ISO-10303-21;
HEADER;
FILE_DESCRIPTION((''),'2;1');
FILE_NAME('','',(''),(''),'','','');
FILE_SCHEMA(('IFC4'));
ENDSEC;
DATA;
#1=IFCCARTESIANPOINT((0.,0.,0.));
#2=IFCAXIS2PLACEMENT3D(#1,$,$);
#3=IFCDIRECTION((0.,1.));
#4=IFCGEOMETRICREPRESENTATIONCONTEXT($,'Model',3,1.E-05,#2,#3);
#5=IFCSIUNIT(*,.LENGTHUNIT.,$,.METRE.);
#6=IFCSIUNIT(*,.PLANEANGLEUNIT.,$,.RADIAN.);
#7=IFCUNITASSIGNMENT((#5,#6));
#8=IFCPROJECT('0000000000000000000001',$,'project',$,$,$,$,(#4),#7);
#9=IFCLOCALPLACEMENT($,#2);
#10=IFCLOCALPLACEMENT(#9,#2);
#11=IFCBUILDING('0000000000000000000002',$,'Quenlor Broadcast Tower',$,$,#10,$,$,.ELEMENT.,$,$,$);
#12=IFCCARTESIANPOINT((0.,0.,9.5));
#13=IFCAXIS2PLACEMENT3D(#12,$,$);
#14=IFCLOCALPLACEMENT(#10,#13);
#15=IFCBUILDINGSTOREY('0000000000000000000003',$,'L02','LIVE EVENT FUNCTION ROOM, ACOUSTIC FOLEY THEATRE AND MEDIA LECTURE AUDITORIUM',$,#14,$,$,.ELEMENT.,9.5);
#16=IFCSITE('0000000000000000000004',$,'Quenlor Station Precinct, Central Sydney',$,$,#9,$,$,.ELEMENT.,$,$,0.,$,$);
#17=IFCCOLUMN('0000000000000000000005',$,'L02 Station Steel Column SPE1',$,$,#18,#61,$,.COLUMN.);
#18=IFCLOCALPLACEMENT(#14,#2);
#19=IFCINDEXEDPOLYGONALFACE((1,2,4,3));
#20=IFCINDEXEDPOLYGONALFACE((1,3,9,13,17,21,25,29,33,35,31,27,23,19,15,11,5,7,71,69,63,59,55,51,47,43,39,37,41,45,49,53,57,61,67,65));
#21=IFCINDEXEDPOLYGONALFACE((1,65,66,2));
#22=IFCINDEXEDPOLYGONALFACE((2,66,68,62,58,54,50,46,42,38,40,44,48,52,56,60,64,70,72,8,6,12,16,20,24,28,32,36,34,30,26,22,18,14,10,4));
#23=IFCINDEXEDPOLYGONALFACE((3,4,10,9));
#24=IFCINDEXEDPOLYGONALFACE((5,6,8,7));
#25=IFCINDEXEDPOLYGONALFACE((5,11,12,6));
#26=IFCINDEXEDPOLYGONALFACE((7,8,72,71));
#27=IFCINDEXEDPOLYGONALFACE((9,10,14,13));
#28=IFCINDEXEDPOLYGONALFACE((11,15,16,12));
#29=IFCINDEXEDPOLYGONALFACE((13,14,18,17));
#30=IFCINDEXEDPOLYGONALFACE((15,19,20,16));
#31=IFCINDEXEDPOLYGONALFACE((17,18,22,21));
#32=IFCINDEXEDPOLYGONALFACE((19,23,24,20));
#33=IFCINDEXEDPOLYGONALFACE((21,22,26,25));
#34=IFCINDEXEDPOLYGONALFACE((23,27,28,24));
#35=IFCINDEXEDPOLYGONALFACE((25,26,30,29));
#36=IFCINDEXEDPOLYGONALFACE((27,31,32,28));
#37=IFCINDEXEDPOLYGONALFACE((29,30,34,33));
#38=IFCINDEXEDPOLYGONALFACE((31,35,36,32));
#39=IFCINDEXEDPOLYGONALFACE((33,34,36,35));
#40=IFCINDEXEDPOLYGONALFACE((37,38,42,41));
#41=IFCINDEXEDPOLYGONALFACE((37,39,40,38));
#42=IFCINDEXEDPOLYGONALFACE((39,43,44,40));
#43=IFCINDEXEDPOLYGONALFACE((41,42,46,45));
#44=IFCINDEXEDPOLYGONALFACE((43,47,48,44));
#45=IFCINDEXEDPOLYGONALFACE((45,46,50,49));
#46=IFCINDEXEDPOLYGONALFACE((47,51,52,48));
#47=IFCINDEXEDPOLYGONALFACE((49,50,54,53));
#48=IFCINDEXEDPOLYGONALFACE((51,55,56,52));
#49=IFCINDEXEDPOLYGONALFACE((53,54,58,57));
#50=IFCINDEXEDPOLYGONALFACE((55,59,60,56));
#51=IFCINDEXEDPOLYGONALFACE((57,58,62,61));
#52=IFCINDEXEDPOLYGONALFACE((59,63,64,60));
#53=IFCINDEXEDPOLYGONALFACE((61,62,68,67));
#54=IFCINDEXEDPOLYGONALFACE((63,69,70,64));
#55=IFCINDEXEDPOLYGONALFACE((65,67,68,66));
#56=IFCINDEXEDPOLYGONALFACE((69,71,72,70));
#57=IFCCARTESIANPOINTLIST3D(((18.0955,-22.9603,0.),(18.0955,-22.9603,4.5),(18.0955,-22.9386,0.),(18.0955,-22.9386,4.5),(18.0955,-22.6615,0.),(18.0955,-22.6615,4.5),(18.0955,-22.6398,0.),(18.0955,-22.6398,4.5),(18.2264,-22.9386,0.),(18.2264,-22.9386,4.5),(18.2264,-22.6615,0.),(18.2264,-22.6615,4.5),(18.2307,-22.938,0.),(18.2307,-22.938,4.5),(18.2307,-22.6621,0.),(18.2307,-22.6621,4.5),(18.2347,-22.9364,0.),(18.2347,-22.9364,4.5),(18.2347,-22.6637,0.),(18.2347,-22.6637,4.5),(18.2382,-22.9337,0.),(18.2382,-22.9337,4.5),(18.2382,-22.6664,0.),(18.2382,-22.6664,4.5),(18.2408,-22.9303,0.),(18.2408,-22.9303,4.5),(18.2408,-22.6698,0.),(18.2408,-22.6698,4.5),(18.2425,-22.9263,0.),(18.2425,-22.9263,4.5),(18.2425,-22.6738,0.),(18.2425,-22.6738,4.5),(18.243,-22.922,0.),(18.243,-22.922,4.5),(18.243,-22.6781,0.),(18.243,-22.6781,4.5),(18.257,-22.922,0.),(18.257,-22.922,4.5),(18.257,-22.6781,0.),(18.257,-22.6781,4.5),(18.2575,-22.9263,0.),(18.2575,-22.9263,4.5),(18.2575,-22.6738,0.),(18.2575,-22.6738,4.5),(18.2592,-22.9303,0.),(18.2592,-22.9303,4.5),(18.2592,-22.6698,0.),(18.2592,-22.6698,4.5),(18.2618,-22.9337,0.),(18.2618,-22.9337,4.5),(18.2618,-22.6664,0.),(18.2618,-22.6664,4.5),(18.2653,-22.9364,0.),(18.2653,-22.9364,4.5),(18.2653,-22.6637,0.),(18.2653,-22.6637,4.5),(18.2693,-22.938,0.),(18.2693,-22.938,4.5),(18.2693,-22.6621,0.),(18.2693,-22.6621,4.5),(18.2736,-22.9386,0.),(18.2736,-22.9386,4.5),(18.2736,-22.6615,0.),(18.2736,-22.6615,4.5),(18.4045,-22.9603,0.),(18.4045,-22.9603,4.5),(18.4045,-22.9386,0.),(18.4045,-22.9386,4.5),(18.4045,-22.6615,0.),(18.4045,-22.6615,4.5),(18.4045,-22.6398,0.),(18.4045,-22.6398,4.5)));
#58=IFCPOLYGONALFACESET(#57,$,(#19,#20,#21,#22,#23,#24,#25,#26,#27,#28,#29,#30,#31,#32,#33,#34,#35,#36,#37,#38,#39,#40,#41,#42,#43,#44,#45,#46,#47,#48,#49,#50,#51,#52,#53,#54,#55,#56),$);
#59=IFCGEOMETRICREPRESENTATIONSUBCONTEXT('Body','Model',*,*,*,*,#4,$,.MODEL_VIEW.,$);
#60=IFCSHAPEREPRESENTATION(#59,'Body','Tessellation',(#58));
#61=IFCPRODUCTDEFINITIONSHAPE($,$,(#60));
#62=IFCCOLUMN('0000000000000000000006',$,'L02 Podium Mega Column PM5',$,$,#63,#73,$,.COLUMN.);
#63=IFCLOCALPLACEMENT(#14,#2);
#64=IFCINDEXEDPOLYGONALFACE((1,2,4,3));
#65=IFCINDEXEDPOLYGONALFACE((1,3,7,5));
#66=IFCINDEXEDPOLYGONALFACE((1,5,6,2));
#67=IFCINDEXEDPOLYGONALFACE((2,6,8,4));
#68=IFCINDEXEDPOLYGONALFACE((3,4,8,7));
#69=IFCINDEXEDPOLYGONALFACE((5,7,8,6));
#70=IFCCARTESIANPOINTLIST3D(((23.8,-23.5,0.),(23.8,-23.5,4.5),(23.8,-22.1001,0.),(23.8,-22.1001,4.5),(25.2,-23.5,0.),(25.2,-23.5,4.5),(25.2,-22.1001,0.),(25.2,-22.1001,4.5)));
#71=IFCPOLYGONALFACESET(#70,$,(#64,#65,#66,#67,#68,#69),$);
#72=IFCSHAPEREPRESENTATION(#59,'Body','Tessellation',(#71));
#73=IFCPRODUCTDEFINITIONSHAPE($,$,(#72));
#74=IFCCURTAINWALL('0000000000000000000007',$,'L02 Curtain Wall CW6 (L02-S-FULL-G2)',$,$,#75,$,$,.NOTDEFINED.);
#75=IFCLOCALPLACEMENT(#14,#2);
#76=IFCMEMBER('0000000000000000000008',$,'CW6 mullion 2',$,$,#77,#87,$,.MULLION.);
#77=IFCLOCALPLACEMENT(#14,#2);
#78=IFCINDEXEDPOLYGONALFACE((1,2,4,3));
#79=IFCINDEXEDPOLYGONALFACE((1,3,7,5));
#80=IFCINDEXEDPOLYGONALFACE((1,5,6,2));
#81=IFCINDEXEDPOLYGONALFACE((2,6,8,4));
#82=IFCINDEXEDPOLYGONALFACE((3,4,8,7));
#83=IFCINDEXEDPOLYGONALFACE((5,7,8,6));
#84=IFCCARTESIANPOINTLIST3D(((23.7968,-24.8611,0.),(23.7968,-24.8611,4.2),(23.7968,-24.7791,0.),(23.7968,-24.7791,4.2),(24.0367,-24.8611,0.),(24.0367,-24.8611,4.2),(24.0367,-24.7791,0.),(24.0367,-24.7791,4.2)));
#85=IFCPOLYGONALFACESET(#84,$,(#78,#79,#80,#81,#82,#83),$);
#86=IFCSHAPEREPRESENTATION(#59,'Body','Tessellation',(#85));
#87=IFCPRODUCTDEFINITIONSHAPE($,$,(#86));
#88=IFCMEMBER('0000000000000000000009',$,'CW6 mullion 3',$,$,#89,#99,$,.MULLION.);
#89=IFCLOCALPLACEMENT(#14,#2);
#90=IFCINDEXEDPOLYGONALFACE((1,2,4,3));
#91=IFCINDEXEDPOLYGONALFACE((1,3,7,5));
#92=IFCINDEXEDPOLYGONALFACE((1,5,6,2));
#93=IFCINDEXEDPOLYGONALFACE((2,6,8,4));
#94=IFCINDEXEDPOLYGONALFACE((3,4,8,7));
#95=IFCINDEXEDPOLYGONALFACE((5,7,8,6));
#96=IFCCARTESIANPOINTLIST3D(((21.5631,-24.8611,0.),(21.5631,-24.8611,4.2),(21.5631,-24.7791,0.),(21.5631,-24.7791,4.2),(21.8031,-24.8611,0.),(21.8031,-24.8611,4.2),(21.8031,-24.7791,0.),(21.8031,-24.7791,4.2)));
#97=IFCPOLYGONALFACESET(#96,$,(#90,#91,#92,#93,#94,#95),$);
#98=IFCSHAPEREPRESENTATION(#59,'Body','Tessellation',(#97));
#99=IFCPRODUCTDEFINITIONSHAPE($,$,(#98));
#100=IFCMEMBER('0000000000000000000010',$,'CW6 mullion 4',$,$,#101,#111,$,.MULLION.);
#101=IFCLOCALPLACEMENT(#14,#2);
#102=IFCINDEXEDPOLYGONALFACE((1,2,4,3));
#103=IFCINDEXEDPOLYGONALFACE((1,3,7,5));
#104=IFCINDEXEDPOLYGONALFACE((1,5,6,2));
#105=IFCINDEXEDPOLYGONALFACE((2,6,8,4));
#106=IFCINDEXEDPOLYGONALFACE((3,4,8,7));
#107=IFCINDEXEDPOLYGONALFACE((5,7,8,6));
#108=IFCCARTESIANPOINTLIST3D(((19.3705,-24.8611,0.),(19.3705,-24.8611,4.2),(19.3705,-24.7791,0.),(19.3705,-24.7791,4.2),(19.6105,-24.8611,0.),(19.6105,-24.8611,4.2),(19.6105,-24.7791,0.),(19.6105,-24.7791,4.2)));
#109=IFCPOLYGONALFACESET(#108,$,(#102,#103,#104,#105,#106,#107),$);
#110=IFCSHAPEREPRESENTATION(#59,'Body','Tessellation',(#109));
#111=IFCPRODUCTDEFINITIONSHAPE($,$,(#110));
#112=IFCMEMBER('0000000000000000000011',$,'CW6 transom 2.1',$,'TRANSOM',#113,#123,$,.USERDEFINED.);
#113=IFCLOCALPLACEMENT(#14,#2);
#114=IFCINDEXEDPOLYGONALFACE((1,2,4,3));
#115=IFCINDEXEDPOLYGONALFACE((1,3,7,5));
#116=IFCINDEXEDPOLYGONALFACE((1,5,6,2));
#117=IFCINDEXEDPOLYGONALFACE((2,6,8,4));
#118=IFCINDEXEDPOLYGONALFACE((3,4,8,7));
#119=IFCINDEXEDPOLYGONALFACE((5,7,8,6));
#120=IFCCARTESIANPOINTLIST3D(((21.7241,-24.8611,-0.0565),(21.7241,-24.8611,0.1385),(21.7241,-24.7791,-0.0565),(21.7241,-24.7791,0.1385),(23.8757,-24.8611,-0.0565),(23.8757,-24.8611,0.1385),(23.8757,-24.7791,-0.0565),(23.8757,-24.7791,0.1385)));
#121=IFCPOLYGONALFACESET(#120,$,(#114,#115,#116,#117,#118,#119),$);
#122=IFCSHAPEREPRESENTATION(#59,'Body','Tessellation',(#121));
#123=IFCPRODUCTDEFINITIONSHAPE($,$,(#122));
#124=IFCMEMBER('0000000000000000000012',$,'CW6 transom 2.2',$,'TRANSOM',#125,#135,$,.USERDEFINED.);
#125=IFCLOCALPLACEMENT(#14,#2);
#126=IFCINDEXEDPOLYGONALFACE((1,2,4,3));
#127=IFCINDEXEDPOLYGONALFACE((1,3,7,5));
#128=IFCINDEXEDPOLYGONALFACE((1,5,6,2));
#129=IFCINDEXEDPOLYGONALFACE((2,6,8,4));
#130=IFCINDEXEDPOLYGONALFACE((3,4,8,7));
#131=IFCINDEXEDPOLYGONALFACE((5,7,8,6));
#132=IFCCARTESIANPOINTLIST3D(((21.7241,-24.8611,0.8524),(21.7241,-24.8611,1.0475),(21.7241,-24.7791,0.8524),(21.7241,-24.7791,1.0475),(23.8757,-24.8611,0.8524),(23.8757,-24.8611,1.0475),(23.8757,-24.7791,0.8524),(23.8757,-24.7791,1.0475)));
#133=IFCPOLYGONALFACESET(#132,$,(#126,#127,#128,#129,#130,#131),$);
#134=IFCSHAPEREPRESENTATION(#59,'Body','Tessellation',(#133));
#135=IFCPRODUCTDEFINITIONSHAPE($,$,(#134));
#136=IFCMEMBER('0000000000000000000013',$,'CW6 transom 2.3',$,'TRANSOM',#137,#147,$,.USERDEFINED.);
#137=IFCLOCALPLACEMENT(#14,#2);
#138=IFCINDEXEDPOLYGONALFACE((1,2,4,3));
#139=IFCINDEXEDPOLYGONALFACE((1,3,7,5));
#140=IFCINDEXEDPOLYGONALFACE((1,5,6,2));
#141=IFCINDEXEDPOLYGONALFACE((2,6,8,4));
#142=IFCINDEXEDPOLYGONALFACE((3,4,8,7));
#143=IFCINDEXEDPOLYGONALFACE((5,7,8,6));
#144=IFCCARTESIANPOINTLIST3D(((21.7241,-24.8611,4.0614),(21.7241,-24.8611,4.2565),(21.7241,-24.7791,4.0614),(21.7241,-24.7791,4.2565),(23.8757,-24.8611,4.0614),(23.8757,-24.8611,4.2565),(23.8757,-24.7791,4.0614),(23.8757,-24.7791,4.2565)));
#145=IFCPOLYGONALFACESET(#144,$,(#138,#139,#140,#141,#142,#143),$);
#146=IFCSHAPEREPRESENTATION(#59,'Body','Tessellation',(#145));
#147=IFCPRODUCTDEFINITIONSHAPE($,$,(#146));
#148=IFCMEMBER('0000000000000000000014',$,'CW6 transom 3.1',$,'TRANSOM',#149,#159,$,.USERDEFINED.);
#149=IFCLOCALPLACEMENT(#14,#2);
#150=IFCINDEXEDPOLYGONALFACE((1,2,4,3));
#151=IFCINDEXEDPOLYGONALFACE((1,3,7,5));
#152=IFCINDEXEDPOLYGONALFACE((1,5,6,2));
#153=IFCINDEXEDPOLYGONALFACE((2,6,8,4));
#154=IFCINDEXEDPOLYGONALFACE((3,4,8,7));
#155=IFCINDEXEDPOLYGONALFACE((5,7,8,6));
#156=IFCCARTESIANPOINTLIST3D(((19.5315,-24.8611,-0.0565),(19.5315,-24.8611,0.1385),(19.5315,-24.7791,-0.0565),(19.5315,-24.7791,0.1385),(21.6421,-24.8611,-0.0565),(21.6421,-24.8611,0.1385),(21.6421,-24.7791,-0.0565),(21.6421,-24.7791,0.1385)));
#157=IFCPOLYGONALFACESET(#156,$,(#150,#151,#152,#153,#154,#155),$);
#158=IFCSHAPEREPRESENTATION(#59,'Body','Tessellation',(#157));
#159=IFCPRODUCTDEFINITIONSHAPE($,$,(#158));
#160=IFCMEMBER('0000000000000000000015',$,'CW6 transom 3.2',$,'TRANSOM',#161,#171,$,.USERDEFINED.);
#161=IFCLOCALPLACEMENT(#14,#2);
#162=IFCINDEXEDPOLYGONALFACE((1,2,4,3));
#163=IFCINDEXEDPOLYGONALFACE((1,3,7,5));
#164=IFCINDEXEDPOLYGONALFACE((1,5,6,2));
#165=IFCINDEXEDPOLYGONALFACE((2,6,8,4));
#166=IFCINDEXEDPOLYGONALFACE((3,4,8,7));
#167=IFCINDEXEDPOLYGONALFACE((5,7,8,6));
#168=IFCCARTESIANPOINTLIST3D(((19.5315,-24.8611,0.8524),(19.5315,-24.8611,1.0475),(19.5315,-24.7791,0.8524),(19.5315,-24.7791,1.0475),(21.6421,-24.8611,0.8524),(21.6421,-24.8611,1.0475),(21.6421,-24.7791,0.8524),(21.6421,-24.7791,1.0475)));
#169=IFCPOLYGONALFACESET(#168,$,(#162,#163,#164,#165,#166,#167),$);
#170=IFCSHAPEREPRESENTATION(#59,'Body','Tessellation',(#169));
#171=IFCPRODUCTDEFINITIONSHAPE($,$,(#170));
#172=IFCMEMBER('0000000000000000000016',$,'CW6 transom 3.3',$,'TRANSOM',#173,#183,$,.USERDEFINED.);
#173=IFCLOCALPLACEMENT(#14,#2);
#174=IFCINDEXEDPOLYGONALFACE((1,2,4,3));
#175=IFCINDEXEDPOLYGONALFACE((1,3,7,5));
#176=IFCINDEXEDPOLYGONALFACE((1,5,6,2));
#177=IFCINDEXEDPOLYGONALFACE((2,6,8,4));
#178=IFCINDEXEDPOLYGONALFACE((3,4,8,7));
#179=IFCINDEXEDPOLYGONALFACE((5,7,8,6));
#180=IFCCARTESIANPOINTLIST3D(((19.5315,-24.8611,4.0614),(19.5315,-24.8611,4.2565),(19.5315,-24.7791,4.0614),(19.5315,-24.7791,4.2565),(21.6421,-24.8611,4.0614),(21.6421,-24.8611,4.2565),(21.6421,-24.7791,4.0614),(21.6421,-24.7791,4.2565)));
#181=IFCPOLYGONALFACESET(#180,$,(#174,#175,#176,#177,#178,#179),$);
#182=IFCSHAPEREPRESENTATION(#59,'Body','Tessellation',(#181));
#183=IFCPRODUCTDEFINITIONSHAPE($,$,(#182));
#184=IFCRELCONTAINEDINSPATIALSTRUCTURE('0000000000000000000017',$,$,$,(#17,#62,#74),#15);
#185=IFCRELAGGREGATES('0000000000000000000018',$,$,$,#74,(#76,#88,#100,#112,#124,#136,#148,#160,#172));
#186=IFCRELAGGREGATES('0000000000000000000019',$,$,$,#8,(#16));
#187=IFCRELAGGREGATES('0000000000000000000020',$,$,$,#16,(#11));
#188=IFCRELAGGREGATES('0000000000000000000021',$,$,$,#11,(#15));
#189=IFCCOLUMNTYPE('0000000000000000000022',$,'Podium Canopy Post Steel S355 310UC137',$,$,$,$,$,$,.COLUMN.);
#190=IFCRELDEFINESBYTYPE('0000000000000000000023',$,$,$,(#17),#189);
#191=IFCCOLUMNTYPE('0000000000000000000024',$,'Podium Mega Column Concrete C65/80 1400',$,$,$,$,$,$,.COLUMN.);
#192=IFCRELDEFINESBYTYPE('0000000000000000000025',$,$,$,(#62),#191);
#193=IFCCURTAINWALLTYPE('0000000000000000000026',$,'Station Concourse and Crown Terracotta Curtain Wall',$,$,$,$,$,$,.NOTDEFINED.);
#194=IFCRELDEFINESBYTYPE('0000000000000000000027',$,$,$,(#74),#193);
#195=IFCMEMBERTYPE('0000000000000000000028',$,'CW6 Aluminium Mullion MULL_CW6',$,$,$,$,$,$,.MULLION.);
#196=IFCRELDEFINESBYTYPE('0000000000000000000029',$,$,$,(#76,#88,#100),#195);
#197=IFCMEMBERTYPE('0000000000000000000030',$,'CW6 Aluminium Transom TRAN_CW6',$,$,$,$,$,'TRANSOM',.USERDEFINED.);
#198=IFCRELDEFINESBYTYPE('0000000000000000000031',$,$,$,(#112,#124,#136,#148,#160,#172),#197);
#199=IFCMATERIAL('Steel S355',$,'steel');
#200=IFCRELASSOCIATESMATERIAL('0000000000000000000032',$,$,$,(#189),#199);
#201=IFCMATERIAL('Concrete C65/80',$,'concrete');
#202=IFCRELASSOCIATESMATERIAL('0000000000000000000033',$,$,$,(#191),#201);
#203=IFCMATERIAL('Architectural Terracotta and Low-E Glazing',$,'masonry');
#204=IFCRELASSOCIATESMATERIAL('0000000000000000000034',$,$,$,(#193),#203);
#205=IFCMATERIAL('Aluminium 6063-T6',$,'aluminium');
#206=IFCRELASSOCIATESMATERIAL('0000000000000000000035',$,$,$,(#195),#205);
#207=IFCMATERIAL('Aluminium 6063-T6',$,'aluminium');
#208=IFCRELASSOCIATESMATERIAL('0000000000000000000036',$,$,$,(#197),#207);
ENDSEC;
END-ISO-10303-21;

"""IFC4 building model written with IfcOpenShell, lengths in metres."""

from ifc_helpers import new_model, si_unit, direction, frame, origin, origin_2d, place, context, subcontext, project, spatial, rectangle, i_section, extrude, material, material_profile, profile_set, type_object, element, aggregate, save


model = new_model("IFC4")

# Units and contexts
model_context = context("Model", 3, precision=1e-05, world=origin(), true_north=direction((0.0, 1.0)))
body_context = subcontext(model_context, "Body", "Model", "MODEL_VIEW")
ifc_project = project(units=[si_unit("LENGTHUNIT", "METRE"), si_unit("PLANEANGLEUNIT", "RADIAN")], contexts=[model_context])

# Site, building, storey
site_placement = place(None, origin())
site = spatial("IfcSite", under=ifc_project, at=site_placement, Name="Quenlor Station Precinct, Central Sydney", CompositionType="ELEMENT", RefElevation=0.0)
building_placement = place(site_placement, origin())
building = spatial("IfcBuilding", under=site, at=building_placement, Name="Quenlor Broadcast Tower", CompositionType="ELEMENT")
storey_placement = place(building_placement, frame((0.0, 0.0, 9.5)))
storey = spatial("IfcBuildingStorey", under=building, at=storey_placement, Name="L02", Description="LIVE EVENT FUNCTION ROOM, ACOUSTIC FOLEY THEATRE AND MEDIA LECTURE AUDITORIUM", CompositionType="ELEMENT", Elevation=9.5)

# Columns
ifc_material_1 = material(Name="Steel S355", Category="steel")
ifc_material_profile_1 = material_profile(ifc_material_1, i_section(OverallWidth=0.3091, OverallDepth=0.3206, WebThickness=0.0139, FlangeThickness=0.0217, FilletRadius=0.0166, at=origin_2d()))
ifc_profile_set_1 = profile_set([ifc_material_profile_1], Name="Steel S355 310UC137")
column_type_1 = type_object("IfcColumnType", Name="Podium Canopy Post Steel S355 310UC137", PredefinedType="COLUMN", material=ifc_profile_set_1)
column_1_placement = place(storey_placement, frame((18.25, -22.8, 0.0), z_axis=(0.0, 0.0, 1.0), x_axis=(1.0, 0.0, 0.0)))
element("IfcColumn", 1, at=column_1_placement, inside=storey, type_object=column_type_1, Name="L02 Station Steel Column SPE1", PredefinedType="COLUMN", context=body_context, shape_type="SweptSolid", body=[
    extrude(i_section(OverallWidth=0.3091, OverallDepth=0.3206, WebThickness=0.0139, FlangeThickness=0.0217, FilletRadius=0.0166, at=origin_2d()), origin(), (0.0, 0.0, 1.0), 4.5),
])
ifc_material_2 = material(Name="Concrete C65/80", Category="concrete")
ifc_material_profile_2 = material_profile(ifc_material_2, rectangle(XDim=1.3999, YDim=1.3999, at=origin_2d()))
ifc_profile_set_2 = profile_set([ifc_material_profile_2], Name="Concrete C65/80 RC1400x1400")
column_type_2 = type_object("IfcColumnType", Name="Podium Mega Column Concrete C65/80 1400", PredefinedType="COLUMN", material=ifc_profile_set_2)
column_2_placement = place(storey_placement, frame((24.5, -22.8, 0.0), z_axis=(0.0, 0.0, 1.0), x_axis=(1.0, 0.0, 0.0)))
element("IfcColumn", 2, at=column_2_placement, inside=storey, type_object=column_type_2, Name="L02 Podium Mega Column PM5", PredefinedType="COLUMN", context=body_context, shape_type="SweptSolid", body=[
    extrude(rectangle(XDim=1.3999, YDim=1.3999, at=origin_2d()), origin(), (0.0, 0.0, 1.0), 4.5),
])

# Curtain wall, members
ifc_material_3 = material(Name="Architectural Terracotta and Low-E Glazing", Category="masonry")
curtain_wall_type = type_object("IfcCurtainWallType", Name="Station Concourse and Crown Terracotta Curtain Wall", PredefinedType="NOTDEFINED", material=ifc_material_3)
curtain_wall_placement = place(storey_placement, origin())
curtain_wall = element("IfcCurtainWall", 3, at=curtain_wall_placement, inside=storey, type_object=curtain_wall_type, Name="L02 Curtain Wall CW6 (L02-S-FULL-G2)", PredefinedType="NOTDEFINED")
ifc_material_4 = material(Name="Aluminium 6063-T6", Category="aluminium")
ifc_material_profile_3 = material_profile(ifc_material_4, rectangle(XDim=0.082, YDim=0.24, at=origin_2d()))
ifc_profile_set_3 = profile_set([ifc_material_profile_3], Name="Aluminium 6063-T6 MULL82x240")
member_type_1 = type_object("IfcMemberType", Name="CW6 Aluminium Mullion MULL_CW6", PredefinedType="MULLION", material=ifc_profile_set_3)
member_1_placement = place(storey_placement, frame((23.9167, -24.8201, 0.0), z_axis=(0.0, 0.0, 1.0), x_axis=(0.0, -1.0, 0.0)))
member_1 = element("IfcMember", 4, at=member_1_placement, type_object=member_type_1, Name="CW6 mullion 2", PredefinedType="MULLION", context=body_context, shape_type="SweptSolid", body=[
    extrude(rectangle(XDim=0.082, YDim=0.24, at=origin_2d()), origin(), (0.0, 0.0, 1.0), 4.2),
])
member_2_placement = place(storey_placement, frame((21.6831, -24.8201, 0.0), z_axis=(0.0, 0.0, 1.0), x_axis=(0.0, -1.0, 0.0)))
member_2 = element("IfcMember", 5, at=member_2_placement, type_object=member_type_1, Name="CW6 mullion 3", PredefinedType="MULLION", context=body_context, shape_type="SweptSolid", body=[
    extrude(rectangle(XDim=0.082, YDim=0.24, at=origin_2d()), origin(), (0.0, 0.0, 1.0), 4.2),
])
member_3_placement = place(storey_placement, frame((19.4905, -24.8201, 0.0), z_axis=(0.0, 0.0, 1.0), x_axis=(0.0, -1.0, 0.0)))
member_3 = element("IfcMember", 6, at=member_3_placement, type_object=member_type_1, Name="CW6 mullion 4", PredefinedType="MULLION", context=body_context, shape_type="SweptSolid", body=[
    extrude(rectangle(XDim=0.082, YDim=0.24, at=origin_2d()), origin(), (0.0, 0.0, 1.0), 4.2),
])
ifc_material_5 = material(Name="Aluminium 6063-T6", Category="aluminium")
ifc_material_profile_4 = material_profile(ifc_material_5, rectangle(XDim=0.082, YDim=0.1951, at=origin_2d()))
ifc_profile_set_4 = profile_set([ifc_material_profile_4], Name="Aluminium 6063-T6 TRAN82x195")
member_type_2 = type_object("IfcMemberType", Name="CW6 Aluminium Transom TRAN_CW6", ElementType="TRANSOM", PredefinedType="USERDEFINED", material=ifc_profile_set_4)
member_4_placement = place(storey_placement, frame((23.8757, -24.8201, 0.041), z_axis=(-1.0, 0.0, 0.0), x_axis=(0.0, -1.0, 0.0)))
member_4 = element("IfcMember", 7, at=member_4_placement, type_object=member_type_2, Name="CW6 transom 2.1", ObjectType="TRANSOM", PredefinedType="USERDEFINED", context=body_context, shape_type="SweptSolid", body=[
    extrude(rectangle(XDim=0.082, YDim=0.1951, at=origin_2d()), origin(), (0.0, 0.0, 1.0), 2.1516),
])
member_5_placement = place(storey_placement, frame((23.8757, -24.8201, 0.95), z_axis=(-1.0, 0.0, 0.0), x_axis=(0.0, -1.0, 0.0)))
member_5 = element("IfcMember", 8, at=member_5_placement, type_object=member_type_2, Name="CW6 transom 2.2", ObjectType="TRANSOM", PredefinedType="USERDEFINED", context=body_context, shape_type="SweptSolid", body=[
    extrude(rectangle(XDim=0.082, YDim=0.1951, at=origin_2d()), origin(), (0.0, 0.0, 1.0), 2.1516),
])
member_6_placement = place(storey_placement, frame((23.8757, -24.8201, 4.1589), z_axis=(-1.0, 0.0, 0.0), x_axis=(0.0, -1.0, 0.0)))
member_6 = element("IfcMember", 9, at=member_6_placement, type_object=member_type_2, Name="CW6 transom 2.3", ObjectType="TRANSOM", PredefinedType="USERDEFINED", context=body_context, shape_type="SweptSolid", body=[
    extrude(rectangle(XDim=0.082, YDim=0.1951, at=origin_2d()), origin(), (0.0, 0.0, 1.0), 2.1516),
])
member_7_placement = place(storey_placement, frame((21.6421, -24.8201, 0.041), z_axis=(-1.0, 0.0, 0.0), x_axis=(0.0, -1.0, 0.0)))
member_7 = element("IfcMember", 10, at=member_7_placement, type_object=member_type_2, Name="CW6 transom 3.1", ObjectType="TRANSOM", PredefinedType="USERDEFINED", context=body_context, shape_type="SweptSolid", body=[
    extrude(rectangle(XDim=0.082, YDim=0.1951, at=origin_2d()), origin(), (0.0, 0.0, 1.0), 2.1106),
])
member_8_placement = place(storey_placement, frame((21.6421, -24.8201, 0.95), z_axis=(-1.0, 0.0, 0.0), x_axis=(0.0, -1.0, 0.0)))
member_8 = element("IfcMember", 11, at=member_8_placement, type_object=member_type_2, Name="CW6 transom 3.2", ObjectType="TRANSOM", PredefinedType="USERDEFINED", context=body_context, shape_type="SweptSolid", body=[
    extrude(rectangle(XDim=0.082, YDim=0.1951, at=origin_2d()), origin(), (0.0, 0.0, 1.0), 2.1106),
])
member_9_placement = place(storey_placement, frame((21.6421, -24.8201, 4.1589), z_axis=(-1.0, 0.0, 0.0), x_axis=(0.0, -1.0, 0.0)))
member_9 = element("IfcMember", 12, at=member_9_placement, type_object=member_type_2, Name="CW6 transom 3.3", ObjectType="TRANSOM", PredefinedType="USERDEFINED", context=body_context, shape_type="SweptSolid", body=[
    extrude(rectangle(XDim=0.082, YDim=0.1951, at=origin_2d()), origin(), (0.0, 0.0, 1.0), 2.1106),
])

aggregate(curtain_wall, [member_1, member_2, member_3, member_4, member_5, member_6, member_7, member_8, member_9])

save(model, "model.ifc")
